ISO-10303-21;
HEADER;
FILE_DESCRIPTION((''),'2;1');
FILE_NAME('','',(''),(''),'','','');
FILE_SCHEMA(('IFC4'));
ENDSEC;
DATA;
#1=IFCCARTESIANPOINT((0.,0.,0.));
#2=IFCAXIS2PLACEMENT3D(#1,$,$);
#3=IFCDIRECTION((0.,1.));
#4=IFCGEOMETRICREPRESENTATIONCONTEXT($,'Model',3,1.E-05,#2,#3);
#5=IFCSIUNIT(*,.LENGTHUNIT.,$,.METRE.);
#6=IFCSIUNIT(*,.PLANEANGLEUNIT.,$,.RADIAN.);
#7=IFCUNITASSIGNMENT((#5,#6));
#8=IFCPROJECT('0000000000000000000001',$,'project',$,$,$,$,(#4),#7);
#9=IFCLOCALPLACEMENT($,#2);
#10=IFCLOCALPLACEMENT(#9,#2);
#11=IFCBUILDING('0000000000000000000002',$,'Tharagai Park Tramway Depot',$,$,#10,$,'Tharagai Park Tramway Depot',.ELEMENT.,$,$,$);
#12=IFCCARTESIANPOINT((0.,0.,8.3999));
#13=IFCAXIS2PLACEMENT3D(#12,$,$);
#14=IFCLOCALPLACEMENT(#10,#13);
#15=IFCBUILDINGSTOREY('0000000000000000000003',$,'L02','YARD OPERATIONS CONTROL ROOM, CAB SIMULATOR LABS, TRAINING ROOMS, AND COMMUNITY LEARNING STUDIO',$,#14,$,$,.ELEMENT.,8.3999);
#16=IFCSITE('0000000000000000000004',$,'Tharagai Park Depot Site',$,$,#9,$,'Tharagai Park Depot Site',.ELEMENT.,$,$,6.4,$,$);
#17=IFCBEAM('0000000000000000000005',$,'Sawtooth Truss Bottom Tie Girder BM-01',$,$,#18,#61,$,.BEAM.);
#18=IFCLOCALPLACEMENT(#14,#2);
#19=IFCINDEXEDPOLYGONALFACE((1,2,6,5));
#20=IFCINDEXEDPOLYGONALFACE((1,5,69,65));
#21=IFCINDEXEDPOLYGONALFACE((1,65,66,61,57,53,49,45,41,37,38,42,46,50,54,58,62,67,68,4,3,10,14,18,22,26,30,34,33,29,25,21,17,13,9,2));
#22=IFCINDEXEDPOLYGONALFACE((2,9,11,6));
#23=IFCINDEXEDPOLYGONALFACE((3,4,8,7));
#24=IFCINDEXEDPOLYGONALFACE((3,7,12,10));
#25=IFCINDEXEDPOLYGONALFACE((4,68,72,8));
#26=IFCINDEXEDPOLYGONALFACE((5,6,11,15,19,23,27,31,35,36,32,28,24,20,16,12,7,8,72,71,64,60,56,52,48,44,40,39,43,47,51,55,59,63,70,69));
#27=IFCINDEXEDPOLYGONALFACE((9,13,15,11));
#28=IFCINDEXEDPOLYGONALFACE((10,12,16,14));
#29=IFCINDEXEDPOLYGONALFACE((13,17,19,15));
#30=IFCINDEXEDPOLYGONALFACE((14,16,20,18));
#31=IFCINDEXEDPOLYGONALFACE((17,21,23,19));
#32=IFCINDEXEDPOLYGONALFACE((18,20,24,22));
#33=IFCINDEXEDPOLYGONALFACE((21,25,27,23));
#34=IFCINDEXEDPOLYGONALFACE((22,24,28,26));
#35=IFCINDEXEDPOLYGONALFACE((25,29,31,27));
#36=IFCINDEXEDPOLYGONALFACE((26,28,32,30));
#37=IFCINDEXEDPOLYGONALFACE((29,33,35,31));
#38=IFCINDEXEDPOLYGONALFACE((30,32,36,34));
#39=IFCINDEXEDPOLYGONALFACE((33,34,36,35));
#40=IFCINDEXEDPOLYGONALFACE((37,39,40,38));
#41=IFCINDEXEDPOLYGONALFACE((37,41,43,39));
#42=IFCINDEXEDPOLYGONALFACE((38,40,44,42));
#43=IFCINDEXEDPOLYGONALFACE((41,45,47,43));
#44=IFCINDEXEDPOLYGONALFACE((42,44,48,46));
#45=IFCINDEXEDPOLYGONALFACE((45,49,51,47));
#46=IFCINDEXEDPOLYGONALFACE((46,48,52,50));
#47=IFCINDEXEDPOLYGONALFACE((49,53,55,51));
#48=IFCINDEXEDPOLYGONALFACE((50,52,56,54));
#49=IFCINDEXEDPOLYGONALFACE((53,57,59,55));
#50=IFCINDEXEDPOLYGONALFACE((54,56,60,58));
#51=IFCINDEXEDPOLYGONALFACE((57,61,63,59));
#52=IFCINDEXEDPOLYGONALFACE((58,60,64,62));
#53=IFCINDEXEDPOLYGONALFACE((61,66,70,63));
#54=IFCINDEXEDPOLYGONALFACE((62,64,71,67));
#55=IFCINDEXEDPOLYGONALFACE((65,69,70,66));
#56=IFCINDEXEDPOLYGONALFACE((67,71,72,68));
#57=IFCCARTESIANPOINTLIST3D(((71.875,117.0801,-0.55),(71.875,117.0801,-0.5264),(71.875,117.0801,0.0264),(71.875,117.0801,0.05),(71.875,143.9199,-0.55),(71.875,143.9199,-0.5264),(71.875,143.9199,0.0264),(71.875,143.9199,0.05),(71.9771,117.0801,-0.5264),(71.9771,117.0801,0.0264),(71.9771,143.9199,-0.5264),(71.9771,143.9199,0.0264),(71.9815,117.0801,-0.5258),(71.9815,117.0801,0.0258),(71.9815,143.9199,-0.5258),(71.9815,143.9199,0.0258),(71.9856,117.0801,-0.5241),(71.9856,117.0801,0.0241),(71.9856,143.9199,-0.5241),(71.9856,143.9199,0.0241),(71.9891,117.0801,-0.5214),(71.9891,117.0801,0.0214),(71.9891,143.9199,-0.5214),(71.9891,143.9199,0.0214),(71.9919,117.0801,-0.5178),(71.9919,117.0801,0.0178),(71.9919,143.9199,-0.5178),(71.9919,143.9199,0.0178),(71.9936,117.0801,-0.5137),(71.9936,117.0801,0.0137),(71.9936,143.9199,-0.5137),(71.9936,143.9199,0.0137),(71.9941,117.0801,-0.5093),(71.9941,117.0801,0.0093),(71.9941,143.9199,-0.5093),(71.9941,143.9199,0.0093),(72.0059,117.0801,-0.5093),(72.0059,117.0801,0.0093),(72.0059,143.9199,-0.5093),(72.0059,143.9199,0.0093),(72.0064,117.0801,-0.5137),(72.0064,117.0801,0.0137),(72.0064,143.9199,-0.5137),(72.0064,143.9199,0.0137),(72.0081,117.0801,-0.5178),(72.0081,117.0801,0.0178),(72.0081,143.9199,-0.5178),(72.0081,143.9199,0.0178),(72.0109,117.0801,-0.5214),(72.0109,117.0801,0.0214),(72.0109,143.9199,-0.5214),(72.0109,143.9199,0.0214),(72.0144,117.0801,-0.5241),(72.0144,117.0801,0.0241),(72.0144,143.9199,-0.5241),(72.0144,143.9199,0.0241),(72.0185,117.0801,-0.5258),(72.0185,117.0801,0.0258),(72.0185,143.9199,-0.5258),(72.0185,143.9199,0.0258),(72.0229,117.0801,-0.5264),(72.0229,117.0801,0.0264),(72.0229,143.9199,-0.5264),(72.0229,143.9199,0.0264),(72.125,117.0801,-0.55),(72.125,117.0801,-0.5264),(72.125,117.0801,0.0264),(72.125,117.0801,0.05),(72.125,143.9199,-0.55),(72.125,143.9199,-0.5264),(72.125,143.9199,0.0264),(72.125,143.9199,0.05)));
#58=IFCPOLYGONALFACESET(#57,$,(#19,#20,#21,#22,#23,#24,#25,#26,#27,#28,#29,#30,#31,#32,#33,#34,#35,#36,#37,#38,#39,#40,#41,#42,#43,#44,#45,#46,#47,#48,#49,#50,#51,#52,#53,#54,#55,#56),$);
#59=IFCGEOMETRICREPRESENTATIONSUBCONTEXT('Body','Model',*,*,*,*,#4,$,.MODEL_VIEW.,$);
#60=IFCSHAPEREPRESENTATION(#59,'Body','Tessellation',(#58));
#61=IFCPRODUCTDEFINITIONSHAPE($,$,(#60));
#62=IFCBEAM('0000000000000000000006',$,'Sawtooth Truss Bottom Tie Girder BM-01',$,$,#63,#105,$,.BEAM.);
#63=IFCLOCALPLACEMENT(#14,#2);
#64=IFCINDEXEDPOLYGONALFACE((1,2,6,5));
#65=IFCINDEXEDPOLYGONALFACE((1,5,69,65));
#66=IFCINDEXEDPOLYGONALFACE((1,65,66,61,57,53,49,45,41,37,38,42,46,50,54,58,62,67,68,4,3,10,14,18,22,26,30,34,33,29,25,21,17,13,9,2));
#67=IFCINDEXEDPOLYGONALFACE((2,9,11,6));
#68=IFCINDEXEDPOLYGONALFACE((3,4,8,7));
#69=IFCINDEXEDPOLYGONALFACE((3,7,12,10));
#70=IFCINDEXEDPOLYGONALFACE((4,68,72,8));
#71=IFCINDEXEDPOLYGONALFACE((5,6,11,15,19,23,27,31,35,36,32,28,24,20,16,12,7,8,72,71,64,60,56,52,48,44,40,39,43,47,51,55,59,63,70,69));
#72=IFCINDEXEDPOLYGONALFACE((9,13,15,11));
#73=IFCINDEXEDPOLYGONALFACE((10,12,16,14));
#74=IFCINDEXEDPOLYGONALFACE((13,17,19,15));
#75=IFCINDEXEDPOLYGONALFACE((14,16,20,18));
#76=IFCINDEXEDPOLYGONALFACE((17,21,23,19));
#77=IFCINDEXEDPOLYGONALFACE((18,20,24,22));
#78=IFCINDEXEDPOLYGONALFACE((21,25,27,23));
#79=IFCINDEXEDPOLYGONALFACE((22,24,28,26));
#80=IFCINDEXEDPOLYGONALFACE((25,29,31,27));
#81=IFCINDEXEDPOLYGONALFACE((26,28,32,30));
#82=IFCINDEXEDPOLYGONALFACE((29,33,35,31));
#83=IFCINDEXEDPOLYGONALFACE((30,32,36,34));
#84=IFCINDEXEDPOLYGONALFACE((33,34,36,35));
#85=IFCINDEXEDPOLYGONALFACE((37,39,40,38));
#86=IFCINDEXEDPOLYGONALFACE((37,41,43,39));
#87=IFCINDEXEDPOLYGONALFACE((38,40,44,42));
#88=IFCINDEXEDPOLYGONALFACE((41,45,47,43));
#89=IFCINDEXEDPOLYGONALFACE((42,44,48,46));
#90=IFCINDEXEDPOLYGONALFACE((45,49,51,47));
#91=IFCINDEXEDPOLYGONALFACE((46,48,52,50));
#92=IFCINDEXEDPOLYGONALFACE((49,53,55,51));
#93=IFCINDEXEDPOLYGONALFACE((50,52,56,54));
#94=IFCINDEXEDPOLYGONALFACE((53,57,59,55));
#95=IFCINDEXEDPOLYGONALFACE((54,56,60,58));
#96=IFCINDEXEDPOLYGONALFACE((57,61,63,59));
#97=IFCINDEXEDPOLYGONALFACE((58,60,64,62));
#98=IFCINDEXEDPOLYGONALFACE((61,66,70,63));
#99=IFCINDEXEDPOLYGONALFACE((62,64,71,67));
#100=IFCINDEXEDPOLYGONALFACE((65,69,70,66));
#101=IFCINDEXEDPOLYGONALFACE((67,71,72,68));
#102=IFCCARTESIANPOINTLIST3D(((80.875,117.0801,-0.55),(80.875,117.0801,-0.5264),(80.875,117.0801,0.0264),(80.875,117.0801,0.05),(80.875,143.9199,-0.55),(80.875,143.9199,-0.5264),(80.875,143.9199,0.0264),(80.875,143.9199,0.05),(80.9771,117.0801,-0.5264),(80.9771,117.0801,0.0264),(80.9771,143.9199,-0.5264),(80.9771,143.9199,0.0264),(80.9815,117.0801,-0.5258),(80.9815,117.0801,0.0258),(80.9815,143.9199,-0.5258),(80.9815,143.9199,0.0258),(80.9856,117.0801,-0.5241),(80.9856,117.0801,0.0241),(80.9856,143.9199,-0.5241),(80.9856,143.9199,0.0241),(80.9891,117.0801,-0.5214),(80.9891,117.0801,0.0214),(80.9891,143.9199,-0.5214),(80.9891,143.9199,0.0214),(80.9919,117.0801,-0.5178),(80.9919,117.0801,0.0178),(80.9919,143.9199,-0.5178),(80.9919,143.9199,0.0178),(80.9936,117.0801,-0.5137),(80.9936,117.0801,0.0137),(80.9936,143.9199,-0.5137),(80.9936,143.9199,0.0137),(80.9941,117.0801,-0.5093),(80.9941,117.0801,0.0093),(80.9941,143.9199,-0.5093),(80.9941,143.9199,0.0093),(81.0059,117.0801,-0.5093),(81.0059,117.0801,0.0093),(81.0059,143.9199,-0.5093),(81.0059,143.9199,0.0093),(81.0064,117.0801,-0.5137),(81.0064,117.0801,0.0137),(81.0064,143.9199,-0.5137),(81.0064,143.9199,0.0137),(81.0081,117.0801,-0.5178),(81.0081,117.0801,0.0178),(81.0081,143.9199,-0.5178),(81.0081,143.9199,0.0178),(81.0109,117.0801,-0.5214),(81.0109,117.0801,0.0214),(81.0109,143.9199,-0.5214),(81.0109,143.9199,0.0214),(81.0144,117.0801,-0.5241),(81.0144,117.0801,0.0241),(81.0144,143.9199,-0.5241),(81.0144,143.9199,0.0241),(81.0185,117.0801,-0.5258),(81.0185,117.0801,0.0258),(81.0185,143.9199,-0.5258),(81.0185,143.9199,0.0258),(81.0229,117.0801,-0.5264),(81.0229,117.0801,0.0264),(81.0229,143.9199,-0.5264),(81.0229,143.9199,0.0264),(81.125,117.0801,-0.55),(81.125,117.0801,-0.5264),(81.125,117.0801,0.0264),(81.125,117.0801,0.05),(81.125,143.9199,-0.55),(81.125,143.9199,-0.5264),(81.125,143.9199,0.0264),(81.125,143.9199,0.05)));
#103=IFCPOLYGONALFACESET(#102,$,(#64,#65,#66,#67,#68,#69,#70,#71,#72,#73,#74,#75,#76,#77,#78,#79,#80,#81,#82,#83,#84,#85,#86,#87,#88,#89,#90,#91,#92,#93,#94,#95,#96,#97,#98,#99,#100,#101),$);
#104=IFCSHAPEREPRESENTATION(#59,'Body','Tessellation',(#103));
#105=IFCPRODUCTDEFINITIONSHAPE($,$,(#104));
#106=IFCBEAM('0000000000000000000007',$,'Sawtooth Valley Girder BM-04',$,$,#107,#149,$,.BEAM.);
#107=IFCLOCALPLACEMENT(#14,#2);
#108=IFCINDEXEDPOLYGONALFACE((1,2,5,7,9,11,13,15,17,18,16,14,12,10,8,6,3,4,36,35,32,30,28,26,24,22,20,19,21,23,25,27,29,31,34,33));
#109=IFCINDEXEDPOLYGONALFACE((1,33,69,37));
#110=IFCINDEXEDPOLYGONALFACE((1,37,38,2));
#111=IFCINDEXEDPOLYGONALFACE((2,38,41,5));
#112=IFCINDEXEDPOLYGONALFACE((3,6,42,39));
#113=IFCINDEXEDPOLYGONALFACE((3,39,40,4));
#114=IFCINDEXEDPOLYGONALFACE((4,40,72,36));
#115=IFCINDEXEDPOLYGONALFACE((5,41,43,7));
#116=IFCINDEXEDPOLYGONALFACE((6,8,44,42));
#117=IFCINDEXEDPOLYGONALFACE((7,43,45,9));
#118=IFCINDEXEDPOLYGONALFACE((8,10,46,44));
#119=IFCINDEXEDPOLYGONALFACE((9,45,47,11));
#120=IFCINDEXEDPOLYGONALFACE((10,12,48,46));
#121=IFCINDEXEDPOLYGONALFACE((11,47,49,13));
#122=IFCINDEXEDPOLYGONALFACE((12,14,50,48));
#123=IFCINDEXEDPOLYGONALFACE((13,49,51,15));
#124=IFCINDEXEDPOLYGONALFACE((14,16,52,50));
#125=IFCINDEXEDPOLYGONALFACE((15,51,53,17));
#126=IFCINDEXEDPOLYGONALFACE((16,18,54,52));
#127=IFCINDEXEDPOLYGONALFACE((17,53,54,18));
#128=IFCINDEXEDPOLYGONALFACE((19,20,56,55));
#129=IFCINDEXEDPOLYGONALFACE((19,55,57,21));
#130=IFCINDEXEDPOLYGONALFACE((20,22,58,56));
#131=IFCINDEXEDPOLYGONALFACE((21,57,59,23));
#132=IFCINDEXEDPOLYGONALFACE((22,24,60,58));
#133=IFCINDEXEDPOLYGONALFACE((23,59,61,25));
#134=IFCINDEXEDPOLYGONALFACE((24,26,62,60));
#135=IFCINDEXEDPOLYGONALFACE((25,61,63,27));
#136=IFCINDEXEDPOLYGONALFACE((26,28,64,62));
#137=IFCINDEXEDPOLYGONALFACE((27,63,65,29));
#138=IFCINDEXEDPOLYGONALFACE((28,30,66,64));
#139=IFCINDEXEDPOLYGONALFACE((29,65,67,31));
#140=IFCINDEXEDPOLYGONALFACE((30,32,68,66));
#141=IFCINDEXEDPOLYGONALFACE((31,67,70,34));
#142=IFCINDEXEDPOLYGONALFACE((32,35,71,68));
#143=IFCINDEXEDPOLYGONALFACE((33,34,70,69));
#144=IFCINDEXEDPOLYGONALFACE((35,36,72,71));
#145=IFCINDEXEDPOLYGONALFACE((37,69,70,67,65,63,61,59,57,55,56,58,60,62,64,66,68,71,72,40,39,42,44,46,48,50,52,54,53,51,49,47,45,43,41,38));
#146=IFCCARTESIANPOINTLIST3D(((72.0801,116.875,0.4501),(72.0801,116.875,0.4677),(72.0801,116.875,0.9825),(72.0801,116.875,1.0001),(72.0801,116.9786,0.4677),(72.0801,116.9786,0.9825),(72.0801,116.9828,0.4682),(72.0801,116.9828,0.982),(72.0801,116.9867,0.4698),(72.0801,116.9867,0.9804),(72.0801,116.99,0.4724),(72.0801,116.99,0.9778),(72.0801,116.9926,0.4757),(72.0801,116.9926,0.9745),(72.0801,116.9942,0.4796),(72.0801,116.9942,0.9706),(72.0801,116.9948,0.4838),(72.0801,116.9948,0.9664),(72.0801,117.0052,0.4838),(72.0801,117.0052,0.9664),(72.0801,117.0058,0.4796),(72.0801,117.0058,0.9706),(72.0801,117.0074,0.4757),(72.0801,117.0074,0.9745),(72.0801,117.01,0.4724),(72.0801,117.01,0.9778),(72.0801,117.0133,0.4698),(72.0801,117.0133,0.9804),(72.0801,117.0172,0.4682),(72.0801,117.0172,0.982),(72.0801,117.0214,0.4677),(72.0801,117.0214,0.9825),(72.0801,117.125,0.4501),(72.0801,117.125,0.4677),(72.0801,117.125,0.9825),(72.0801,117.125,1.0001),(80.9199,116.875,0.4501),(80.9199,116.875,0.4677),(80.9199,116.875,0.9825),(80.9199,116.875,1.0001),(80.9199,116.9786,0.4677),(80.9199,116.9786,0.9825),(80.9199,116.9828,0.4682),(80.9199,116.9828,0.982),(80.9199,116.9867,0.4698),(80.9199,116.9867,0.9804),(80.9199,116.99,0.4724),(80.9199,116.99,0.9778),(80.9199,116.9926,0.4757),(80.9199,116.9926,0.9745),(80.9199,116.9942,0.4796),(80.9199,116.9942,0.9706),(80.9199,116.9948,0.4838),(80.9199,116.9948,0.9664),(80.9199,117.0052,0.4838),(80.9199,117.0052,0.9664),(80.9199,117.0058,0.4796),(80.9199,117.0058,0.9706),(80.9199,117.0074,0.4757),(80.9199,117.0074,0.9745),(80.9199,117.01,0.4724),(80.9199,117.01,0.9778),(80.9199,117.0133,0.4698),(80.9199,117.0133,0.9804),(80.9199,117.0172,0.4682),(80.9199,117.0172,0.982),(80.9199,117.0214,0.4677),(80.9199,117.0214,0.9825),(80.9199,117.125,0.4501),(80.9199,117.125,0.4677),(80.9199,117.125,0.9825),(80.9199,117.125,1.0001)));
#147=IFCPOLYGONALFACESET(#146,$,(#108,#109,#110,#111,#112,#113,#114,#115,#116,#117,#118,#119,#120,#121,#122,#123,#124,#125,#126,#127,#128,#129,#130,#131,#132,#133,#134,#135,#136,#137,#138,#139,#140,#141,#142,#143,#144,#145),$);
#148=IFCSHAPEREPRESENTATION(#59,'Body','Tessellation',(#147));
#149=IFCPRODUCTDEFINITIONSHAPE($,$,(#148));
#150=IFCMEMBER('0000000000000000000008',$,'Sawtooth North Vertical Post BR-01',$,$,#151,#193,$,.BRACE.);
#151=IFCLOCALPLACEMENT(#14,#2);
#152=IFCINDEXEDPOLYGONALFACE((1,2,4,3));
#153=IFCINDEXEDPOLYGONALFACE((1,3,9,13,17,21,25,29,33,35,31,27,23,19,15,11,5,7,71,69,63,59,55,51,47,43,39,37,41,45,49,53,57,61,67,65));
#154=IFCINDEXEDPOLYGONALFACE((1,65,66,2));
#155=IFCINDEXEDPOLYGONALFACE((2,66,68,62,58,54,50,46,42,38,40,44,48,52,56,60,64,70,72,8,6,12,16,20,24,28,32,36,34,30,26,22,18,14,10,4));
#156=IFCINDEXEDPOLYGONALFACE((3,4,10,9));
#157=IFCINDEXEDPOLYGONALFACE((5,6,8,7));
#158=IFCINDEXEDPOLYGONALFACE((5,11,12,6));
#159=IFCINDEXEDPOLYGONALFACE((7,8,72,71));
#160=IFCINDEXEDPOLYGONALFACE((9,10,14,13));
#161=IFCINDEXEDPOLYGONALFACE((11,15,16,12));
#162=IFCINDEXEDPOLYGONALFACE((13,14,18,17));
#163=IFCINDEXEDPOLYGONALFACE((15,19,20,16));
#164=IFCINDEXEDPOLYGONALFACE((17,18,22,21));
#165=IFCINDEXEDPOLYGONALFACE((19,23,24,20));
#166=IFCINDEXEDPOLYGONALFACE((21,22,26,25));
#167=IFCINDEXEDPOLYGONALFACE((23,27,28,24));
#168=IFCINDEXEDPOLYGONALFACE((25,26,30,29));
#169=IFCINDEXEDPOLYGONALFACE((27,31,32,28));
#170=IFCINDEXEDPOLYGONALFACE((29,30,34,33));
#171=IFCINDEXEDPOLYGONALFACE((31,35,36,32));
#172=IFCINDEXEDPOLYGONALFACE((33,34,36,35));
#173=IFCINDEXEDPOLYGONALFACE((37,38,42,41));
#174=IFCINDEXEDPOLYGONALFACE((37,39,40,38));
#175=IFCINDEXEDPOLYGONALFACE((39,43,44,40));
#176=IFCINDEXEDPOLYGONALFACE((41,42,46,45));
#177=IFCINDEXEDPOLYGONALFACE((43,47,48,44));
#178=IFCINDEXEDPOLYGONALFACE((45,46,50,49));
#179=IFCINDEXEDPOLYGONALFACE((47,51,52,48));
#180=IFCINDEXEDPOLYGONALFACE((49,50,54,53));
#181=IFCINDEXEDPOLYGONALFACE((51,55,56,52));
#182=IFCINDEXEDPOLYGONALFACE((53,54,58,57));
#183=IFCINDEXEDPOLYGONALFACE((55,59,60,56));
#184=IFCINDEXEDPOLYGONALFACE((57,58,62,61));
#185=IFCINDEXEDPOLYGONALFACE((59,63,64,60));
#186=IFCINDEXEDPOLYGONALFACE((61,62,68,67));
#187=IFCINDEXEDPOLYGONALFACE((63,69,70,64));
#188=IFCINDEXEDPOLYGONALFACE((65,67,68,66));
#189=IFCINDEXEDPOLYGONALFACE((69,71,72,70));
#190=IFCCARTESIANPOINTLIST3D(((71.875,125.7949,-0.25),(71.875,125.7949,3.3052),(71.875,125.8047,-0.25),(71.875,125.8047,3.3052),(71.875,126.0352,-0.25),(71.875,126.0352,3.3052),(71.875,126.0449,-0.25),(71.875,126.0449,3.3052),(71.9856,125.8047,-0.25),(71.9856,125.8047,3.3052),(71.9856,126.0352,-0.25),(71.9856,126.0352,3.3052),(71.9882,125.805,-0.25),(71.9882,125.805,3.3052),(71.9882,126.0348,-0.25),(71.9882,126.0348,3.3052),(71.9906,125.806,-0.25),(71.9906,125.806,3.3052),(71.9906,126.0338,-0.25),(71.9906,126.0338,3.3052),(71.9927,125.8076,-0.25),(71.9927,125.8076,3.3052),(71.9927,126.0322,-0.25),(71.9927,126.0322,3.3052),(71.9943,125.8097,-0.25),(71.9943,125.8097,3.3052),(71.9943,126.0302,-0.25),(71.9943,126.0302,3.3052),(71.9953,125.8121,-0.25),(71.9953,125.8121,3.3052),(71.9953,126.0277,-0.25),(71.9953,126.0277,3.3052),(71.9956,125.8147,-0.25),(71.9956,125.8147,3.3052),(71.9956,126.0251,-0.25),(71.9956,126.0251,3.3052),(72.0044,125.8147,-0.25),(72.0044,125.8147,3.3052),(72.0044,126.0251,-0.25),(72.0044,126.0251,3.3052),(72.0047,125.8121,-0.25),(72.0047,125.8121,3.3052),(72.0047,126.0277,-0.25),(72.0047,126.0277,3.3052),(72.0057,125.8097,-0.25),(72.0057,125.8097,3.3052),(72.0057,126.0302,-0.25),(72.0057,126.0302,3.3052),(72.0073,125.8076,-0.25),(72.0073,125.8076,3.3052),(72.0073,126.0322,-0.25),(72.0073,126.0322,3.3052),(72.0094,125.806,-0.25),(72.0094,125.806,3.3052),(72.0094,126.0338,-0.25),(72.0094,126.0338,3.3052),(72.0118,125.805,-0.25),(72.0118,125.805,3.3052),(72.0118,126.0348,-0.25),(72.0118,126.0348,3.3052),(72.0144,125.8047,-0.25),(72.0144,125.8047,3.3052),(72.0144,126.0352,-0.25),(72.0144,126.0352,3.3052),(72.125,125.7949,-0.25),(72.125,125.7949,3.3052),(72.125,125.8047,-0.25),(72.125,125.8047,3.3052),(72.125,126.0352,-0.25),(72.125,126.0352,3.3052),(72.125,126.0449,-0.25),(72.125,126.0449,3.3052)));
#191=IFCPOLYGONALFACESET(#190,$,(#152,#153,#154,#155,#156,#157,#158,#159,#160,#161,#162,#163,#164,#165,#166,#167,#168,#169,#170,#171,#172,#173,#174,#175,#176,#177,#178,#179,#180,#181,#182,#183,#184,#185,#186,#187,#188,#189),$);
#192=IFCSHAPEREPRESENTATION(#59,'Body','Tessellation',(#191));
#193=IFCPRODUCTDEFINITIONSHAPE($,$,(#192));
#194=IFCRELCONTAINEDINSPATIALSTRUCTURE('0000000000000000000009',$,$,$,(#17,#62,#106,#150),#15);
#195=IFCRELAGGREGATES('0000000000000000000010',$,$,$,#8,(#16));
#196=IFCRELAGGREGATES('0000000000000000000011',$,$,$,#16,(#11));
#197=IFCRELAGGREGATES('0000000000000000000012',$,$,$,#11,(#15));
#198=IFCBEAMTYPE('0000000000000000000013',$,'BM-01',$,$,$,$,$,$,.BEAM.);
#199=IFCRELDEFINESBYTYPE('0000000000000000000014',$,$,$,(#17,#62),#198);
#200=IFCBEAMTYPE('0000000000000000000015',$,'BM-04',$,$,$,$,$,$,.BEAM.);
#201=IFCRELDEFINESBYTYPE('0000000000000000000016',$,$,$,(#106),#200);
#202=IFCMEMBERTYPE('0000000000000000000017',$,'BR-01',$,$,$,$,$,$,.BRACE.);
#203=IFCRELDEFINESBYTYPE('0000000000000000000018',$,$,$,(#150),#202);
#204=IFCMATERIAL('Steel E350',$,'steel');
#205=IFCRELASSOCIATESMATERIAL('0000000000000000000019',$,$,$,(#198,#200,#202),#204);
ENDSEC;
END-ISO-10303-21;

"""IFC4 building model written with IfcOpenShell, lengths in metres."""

from ifc_helpers import new_model, si_unit, direction, frame, origin, origin_2d, place, context, subcontext, project, spatial, i_section, extrude, material, material_profile, profile_set, type_object, element, save


model = new_model("IFC4")

# Units and contexts
model_context = context("Model", 3, precision=1e-05, world=origin(), true_north=direction((0.0, 1.0)))
body_context = subcontext(model_context, "Body", "Model", "MODEL_VIEW")
ifc_project = project(units=[si_unit("LENGTHUNIT", "METRE"), si_unit("PLANEANGLEUNIT", "RADIAN")], contexts=[model_context])

# Site, building, storey
site_placement = place(None, origin())
site = spatial("IfcSite", under=ifc_project, at=site_placement, Name="Tharagai Park Depot Site", LongName="Tharagai Park Depot Site", CompositionType="ELEMENT", RefElevation=6.4)
building_placement = place(site_placement, origin())
building = spatial("IfcBuilding", under=site, at=building_placement, Name="Tharagai Park Tramway Depot", LongName="Tharagai Park Tramway Depot", CompositionType="ELEMENT")
storey_placement = place(building_placement, frame((0.0, 0.0, 8.3999)))
storey = spatial("IfcBuildingStorey", under=building, at=storey_placement, Name="L02", Description="YARD OPERATIONS CONTROL ROOM, CAB SIMULATOR LABS, TRAINING ROOMS, AND COMMUNITY LEARNING STUDIO", CompositionType="ELEMENT", Elevation=8.3999)

# Beams
ifc_material_1 = material(Name="Steel E350", Category="steel")
ifc_material_profile_1 = material_profile(ifc_material_1, i_section(OverallWidth=0.25, OverallDepth=0.6001, WebThickness=0.0117, FlangeThickness=0.0237, FilletRadius=0.0171, at=origin_2d()), Name="ISWB 600")
ifc_profile_set_1 = profile_set([ifc_material_profile_1], Name="Steel E350")
beam_type_1 = type_object("IfcBeamType", Name="BM-01", PredefinedType="BEAM", material=ifc_profile_set_1)
for number, where, z_axis, x_axis, name in (
    (1, (72.0, 117.0801, -0.25), (0.0, 1.0, 0.0), (-1.0, 0.0, 0.0), "Sawtooth Truss Bottom Tie Girder BM-01"),
    (2, (81.0, 117.0801, -0.25), (0.0, 1.0, 0.0), (-1.0, 0.0, 0.0), "Sawtooth Truss Bottom Tie Girder BM-01"),
):
    element("IfcBeam", number, at=place(storey_placement, frame(where, z_axis=z_axis, x_axis=x_axis)), inside=storey, type_object=beam_type_1, Name=name, PredefinedType="BEAM", context=body_context, shape_type="SweptSolid", body=[
        extrude(i_section(OverallWidth=0.25, OverallDepth=0.6001, WebThickness=0.0117, FlangeThickness=0.0237, FilletRadius=0.0171, at=origin_2d()), origin(), (0.0, 0.0, 1.0), 26.8398),
    ])
ifc_material_profile_2 = material_profile(ifc_material_1, i_section(OverallWidth=0.25, OverallDepth=0.55, WebThickness=0.0105, FlangeThickness=0.0176, FilletRadius=0.0161, at=origin_2d()), Name="ISWB 550")
ifc_profile_set_2 = profile_set([ifc_material_profile_2], Name="Steel E350")
beam_type_2 = type_object("IfcBeamType", Name="BM-04", PredefinedType="BEAM", material=ifc_profile_set_2)
beam_placement = place(storey_placement, frame((72.0801, 117.0, 0.7251), z_axis=(1.0, 0.0, 0.0), x_axis=(0.0, 1.0, 0.0)))
element("IfcBeam", 3, at=beam_placement, inside=storey, type_object=beam_type_2, Name="Sawtooth Valley Girder BM-04", PredefinedType="BEAM", context=body_context, shape_type="SweptSolid", body=[
    extrude(i_section(OverallWidth=0.25, OverallDepth=0.55, WebThickness=0.0105, FlangeThickness=0.0176, FilletRadius=0.0161, at=origin_2d()), origin(), (0.0, 0.0, 1.0), 8.8398),
])

# Member
ifc_material_profile_3 = material_profile(ifc_material_1, i_section(OverallWidth=0.25, OverallDepth=0.25, WebThickness=0.0088, FlangeThickness=0.0098, FilletRadius=0.01, at=origin_2d()), Name="ISHB 250")
ifc_profile_set_3 = profile_set([ifc_material_profile_3], Name="Steel E350")
member_type_1 = type_object("IfcMemberType", Name="BR-01", PredefinedType="BRACE", material=ifc_profile_set_3)
for number, where, z_axis, x_axis, name in (
    (4, (72.0, 125.9199, -0.25), (0.0, 0.0, 1.0), (1.0, 0.0, 0.0), "Sawtooth North Vertical Post BR-01"),
):
    element("IfcMember", number, at=place(storey_placement, frame(where, z_axis=z_axis, x_axis=x_axis)), inside=storey, type_object=member_type_1, Name=name, PredefinedType="BRACE", context=body_context, shape_type="SweptSolid", body=[
        extrude(i_section(OverallWidth=0.25, OverallDepth=0.25, WebThickness=0.0088, FlangeThickness=0.0098, FilletRadius=0.01, at=origin_2d()), origin(), (0.0, 0.0, 1.0), 3.5552),
    ])

save(model, "model.ifc")
